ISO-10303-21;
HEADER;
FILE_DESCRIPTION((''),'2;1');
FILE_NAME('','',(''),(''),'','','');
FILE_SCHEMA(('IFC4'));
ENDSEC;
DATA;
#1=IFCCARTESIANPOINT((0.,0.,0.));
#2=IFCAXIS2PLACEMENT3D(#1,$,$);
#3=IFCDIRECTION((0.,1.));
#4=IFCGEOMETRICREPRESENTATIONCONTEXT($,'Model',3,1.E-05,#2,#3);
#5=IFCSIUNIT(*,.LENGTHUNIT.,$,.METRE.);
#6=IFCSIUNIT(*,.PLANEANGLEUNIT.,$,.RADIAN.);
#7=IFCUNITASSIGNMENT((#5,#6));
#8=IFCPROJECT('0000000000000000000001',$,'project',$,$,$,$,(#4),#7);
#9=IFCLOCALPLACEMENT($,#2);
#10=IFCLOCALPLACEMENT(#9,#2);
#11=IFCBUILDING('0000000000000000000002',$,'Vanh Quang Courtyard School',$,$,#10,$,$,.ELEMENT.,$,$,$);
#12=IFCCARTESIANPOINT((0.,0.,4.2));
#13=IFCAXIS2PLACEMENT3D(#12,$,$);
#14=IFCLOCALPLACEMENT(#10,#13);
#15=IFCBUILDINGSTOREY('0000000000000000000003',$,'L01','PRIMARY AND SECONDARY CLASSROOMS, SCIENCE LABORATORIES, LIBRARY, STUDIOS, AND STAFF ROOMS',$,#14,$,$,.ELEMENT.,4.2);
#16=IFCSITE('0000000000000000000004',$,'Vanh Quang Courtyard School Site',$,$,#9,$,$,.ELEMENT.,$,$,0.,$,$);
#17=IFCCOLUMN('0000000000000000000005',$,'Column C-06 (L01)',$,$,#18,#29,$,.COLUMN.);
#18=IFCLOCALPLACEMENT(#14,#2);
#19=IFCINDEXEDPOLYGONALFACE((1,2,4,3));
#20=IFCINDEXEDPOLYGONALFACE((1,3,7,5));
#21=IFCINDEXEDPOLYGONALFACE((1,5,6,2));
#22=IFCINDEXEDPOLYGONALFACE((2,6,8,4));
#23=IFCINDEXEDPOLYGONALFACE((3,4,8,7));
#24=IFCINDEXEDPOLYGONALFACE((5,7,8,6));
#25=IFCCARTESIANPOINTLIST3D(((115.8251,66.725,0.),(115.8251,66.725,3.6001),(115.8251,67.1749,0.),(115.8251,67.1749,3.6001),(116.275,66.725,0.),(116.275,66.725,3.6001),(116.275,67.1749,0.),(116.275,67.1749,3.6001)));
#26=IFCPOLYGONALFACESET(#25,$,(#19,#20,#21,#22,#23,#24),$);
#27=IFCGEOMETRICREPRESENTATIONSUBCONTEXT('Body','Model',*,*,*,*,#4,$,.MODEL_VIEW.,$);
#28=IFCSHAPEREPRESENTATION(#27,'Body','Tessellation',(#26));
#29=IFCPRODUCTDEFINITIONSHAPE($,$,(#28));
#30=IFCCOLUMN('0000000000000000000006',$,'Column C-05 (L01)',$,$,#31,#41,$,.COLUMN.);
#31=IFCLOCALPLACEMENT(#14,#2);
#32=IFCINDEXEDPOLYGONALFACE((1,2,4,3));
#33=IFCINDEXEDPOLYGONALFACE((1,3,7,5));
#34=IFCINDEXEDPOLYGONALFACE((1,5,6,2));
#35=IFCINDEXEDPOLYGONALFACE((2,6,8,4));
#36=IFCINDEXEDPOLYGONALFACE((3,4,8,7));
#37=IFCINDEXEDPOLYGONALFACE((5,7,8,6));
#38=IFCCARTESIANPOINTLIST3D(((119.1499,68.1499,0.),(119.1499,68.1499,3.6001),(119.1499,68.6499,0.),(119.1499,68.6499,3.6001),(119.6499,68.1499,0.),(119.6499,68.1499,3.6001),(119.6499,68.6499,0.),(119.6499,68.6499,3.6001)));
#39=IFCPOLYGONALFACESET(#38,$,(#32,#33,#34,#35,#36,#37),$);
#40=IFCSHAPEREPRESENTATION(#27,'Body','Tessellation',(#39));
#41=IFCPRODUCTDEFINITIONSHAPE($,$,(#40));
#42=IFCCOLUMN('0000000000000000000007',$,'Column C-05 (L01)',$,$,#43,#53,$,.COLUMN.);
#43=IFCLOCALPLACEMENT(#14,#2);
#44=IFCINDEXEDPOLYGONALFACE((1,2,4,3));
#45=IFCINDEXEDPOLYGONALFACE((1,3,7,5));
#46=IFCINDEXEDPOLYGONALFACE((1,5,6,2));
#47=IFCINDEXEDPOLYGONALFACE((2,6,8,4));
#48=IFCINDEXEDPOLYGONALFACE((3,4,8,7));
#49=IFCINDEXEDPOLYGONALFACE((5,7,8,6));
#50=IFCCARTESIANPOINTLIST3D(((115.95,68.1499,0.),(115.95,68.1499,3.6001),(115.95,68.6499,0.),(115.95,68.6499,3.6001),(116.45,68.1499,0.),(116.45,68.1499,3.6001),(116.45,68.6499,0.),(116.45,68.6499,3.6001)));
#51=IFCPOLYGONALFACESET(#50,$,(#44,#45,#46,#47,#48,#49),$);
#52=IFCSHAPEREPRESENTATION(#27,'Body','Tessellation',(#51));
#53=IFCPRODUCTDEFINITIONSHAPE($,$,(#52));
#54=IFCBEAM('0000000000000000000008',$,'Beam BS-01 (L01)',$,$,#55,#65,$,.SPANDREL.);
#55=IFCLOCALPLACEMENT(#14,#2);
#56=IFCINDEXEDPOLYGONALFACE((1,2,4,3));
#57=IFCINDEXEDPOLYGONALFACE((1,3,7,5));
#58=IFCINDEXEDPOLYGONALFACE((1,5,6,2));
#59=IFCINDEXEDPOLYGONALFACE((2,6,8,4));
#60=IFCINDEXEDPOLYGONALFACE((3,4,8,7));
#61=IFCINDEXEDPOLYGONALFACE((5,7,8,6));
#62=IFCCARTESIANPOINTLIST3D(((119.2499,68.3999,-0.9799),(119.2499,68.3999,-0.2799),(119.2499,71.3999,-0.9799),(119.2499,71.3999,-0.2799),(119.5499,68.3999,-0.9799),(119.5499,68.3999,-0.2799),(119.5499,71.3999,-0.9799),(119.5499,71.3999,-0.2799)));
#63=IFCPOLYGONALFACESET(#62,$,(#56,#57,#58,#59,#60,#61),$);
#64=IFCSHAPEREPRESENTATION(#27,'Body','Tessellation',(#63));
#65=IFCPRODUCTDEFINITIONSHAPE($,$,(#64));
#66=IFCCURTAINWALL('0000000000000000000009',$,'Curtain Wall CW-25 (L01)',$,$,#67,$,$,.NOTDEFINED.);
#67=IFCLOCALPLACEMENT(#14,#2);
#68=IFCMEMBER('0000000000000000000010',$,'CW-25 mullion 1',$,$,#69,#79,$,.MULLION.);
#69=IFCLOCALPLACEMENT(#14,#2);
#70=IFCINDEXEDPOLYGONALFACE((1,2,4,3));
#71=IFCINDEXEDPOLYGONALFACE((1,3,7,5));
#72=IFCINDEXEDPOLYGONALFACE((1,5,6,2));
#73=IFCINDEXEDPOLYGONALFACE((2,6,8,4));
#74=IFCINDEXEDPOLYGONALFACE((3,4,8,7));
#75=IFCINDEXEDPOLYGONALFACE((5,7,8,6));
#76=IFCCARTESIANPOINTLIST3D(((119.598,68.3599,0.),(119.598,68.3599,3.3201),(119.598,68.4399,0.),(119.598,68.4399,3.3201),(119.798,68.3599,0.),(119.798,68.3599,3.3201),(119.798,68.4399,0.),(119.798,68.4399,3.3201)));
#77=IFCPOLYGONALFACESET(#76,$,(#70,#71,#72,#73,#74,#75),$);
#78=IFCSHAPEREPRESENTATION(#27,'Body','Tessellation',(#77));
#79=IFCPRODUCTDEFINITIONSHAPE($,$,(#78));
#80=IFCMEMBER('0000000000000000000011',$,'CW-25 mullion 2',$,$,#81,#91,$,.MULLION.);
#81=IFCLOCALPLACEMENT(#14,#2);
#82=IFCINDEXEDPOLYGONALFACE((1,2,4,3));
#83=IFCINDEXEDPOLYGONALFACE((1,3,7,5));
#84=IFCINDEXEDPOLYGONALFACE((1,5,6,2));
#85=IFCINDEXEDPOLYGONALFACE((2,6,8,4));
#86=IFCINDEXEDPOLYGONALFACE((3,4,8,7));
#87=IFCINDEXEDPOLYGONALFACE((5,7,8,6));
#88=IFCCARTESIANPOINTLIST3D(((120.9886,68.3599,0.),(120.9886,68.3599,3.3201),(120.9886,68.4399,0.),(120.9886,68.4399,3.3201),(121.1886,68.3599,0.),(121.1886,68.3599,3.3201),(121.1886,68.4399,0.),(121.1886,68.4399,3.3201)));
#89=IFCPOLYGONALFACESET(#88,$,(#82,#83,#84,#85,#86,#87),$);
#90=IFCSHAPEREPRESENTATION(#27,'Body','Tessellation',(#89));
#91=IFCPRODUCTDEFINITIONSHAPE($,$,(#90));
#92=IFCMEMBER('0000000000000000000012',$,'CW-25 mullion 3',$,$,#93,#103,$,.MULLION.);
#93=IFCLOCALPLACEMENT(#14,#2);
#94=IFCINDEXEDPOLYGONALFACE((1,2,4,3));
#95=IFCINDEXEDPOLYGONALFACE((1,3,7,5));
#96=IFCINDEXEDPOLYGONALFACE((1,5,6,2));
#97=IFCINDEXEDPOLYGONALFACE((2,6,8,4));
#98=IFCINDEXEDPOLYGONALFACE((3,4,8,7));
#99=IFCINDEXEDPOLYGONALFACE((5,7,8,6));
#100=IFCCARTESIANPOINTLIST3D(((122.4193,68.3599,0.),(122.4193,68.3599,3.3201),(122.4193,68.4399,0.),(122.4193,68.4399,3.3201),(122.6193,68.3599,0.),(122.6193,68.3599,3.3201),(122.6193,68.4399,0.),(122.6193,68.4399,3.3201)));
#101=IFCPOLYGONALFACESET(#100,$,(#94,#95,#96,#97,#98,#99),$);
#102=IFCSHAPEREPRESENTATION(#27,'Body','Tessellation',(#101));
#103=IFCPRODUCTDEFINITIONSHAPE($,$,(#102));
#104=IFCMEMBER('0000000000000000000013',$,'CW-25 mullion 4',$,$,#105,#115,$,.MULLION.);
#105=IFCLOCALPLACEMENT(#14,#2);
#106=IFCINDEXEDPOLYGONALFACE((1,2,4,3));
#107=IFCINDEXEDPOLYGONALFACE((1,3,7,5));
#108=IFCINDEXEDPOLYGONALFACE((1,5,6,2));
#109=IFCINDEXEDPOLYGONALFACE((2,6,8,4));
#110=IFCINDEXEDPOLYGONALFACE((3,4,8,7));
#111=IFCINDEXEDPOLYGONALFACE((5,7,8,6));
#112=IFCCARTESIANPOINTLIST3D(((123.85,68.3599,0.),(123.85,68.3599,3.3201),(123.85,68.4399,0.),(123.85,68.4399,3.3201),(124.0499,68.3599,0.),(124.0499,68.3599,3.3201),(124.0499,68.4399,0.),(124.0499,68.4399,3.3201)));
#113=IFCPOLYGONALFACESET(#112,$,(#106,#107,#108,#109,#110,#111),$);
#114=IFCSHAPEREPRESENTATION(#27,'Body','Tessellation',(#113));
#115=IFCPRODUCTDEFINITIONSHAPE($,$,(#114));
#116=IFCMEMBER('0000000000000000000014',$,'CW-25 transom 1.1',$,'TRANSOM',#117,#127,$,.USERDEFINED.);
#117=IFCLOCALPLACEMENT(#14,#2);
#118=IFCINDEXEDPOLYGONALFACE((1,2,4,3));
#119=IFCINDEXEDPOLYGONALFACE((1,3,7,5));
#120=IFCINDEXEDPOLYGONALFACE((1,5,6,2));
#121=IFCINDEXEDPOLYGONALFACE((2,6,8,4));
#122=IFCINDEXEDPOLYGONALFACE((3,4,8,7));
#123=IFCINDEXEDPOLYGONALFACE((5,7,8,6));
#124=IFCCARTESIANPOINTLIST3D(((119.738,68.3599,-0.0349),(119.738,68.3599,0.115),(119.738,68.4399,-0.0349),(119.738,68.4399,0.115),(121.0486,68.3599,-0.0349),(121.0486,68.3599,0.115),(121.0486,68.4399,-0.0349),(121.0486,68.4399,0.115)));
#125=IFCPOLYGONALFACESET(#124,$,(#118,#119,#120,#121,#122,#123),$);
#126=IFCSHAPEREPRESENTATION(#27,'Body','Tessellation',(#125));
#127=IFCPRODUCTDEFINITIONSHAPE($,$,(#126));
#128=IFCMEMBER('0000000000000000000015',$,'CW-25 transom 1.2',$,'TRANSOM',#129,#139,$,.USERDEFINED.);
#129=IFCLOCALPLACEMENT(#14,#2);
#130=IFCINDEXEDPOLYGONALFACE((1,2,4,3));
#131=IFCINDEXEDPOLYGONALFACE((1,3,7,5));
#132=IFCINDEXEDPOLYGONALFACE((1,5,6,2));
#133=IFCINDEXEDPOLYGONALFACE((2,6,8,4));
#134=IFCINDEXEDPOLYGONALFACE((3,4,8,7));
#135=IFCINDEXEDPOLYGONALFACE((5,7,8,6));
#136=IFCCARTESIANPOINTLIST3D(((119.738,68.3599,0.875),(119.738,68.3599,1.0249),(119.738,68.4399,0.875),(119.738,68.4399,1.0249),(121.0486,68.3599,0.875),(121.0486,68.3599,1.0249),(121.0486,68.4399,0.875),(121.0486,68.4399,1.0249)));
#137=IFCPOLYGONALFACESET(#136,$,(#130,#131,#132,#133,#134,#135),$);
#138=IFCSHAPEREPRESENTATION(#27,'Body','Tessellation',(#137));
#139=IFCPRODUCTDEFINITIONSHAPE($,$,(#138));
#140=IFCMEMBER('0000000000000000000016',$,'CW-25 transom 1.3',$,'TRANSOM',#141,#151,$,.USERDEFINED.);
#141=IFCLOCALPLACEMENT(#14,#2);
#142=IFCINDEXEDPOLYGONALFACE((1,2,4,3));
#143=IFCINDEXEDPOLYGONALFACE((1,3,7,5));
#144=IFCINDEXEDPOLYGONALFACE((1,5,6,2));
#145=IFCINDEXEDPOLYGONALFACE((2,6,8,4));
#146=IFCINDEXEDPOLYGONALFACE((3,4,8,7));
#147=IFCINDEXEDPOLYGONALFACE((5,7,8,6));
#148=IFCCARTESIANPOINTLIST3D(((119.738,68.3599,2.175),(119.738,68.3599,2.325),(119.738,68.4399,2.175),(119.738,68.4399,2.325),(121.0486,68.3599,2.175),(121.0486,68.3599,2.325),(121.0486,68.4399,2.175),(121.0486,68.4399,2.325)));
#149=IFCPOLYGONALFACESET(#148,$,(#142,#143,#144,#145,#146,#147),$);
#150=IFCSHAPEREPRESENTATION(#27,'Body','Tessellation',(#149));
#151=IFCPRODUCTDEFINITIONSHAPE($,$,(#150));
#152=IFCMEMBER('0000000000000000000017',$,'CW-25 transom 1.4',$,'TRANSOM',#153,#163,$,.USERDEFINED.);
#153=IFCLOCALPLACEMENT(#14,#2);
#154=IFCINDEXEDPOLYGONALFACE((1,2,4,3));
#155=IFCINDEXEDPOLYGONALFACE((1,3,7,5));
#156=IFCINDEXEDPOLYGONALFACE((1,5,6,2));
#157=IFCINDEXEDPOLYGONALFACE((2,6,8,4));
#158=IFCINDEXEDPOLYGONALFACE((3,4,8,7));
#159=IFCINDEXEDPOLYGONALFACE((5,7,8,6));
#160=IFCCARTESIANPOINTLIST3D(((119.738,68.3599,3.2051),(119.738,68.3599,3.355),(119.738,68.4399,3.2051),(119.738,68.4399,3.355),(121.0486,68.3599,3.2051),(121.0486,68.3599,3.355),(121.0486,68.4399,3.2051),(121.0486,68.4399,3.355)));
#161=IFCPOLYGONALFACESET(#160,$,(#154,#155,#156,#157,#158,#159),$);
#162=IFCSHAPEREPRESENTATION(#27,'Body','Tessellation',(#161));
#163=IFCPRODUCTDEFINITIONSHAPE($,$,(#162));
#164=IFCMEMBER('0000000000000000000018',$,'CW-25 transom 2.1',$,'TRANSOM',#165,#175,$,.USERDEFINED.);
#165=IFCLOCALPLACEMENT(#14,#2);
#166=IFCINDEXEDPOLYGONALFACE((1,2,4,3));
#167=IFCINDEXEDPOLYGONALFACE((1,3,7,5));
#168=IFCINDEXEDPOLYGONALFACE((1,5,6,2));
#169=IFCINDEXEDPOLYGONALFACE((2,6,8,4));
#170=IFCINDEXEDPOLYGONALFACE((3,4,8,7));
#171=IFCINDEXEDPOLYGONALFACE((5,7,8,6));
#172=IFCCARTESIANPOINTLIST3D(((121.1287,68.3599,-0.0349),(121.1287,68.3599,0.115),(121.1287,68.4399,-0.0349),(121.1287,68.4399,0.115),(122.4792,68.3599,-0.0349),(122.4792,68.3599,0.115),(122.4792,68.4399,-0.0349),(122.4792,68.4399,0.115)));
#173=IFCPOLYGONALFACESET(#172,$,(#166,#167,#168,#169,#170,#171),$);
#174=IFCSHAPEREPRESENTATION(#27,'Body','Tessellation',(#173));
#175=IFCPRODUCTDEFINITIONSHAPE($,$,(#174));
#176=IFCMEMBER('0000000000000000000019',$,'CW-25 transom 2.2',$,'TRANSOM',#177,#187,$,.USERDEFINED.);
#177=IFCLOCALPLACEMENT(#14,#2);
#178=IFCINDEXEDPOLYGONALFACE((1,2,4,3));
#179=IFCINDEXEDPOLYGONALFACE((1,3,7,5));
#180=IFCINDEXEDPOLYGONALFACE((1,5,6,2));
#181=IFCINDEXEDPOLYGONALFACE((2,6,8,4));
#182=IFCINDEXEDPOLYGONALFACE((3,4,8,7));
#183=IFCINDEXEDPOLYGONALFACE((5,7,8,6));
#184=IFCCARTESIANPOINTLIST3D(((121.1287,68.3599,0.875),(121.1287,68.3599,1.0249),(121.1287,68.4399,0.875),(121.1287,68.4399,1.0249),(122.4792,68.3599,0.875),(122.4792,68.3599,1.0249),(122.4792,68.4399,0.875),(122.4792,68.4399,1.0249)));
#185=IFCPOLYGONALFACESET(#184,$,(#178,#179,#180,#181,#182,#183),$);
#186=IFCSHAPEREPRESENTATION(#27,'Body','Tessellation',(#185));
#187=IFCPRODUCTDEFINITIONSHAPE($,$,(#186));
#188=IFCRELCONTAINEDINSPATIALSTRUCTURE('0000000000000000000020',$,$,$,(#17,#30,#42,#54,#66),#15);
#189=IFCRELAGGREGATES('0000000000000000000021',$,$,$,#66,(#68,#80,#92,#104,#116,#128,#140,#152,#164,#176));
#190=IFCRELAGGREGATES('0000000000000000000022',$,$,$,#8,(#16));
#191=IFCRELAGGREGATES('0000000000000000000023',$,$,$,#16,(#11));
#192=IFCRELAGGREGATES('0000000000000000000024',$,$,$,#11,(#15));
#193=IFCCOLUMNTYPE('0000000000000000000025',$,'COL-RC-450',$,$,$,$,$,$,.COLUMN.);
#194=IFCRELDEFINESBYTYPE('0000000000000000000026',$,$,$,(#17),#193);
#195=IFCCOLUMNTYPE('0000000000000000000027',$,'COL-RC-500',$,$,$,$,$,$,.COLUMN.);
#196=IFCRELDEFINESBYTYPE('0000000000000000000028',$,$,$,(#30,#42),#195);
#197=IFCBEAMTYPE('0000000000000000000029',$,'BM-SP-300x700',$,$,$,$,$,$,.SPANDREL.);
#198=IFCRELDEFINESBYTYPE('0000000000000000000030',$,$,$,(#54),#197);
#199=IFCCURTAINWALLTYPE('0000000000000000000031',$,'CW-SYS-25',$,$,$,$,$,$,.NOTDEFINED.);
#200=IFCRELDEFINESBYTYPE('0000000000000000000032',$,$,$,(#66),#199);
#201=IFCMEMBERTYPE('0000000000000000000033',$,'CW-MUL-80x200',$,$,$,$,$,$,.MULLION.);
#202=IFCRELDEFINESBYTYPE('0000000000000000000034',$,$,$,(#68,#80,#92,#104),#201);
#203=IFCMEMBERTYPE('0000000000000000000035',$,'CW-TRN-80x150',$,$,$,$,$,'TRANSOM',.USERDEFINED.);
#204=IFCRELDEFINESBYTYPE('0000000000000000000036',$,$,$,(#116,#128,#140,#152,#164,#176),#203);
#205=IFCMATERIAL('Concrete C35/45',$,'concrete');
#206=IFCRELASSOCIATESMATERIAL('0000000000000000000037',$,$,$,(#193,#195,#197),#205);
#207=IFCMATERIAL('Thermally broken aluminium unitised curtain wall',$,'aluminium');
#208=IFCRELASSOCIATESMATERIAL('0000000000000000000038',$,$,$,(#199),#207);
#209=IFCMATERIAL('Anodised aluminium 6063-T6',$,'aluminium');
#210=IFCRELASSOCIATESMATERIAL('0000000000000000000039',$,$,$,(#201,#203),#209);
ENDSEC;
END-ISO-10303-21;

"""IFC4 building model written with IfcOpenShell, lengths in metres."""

from ifc_helpers import new_model, si_unit, direction, frame, origin, origin_2d, place, context, subcontext, project, spatial, rectangle, extrude, material, material_profile, profile_set, type_object, element, aggregate, save


model = new_model("IFC4")

# Units and contexts
model_context = context("Model", 3, precision=1e-05, world=origin(), true_north=direction((0.0, 1.0)))
body_context = subcontext(model_context, "Body", "Model", "MODEL_VIEW")
ifc_project = project(units=[si_unit("LENGTHUNIT", "METRE"), si_unit("PLANEANGLEUNIT", "RADIAN")], contexts=[model_context])

# Site, building, storey
site_placement = place(None, origin())
site = spatial("IfcSite", under=ifc_project, at=site_placement, Name="Vanh Quang Courtyard School Site", CompositionType="ELEMENT", RefElevation=0.0)
building_placement = place(site_placement, origin())
building = spatial("IfcBuilding", under=site, at=building_placement, Name="Vanh Quang Courtyard School", CompositionType="ELEMENT")
storey_placement = place(building_placement, frame((0.0, 0.0, 4.2)))
storey = spatial("IfcBuildingStorey", under=building, at=storey_placement, Name="L01", Description="PRIMARY AND SECONDARY CLASSROOMS, SCIENCE LABORATORIES, LIBRARY, STUDIOS, AND STAFF ROOMS", CompositionType="ELEMENT", Elevation=4.2)

# Columns
ifc_material_1 = material(Name="Concrete C35/45", Category="concrete")
ifc_material_profile_1 = material_profile(ifc_material_1, rectangle(XDim=0.45, YDim=0.45, at=origin_2d()), Name="RC-COL 450x450")
ifc_profile_set_1 = profile_set([ifc_material_profile_1], Name="Concrete C35/45")
column_type_1 = type_object("IfcColumnType", Name="COL-RC-450", PredefinedType="COLUMN", material=ifc_profile_set_1)
column_placement = place(storey_placement, frame((116.05, 66.95, 0.0), z_axis=(0.0, 0.0, 1.0), x_axis=(1.0, 0.0, 0.0)))
element("IfcColumn", 1, at=column_placement, inside=storey, type_object=column_type_1, Name="Column C-06 (L01)", PredefinedType="COLUMN", context=body_context, shape_type="SweptSolid", body=[
    extrude(rectangle(XDim=0.45, YDim=0.45, at=origin_2d()), origin(), (0.0, 0.0, 1.0), 3.6001),
])
ifc_material_profile_2 = material_profile(ifc_material_1, rectangle(XDim=0.5, YDim=0.5, at=origin_2d()), Name="RC-COL 500x500")
ifc_profile_set_2 = profile_set([ifc_material_profile_2], Name="Concrete C35/45")
column_type_2 = type_object("IfcColumnType", Name="COL-RC-500", PredefinedType="COLUMN", material=ifc_profile_set_2)
for number, where, z_axis, x_axis, name in (
    (2, (119.3999, 68.3999, 0.0), (0.0, 0.0, 1.0), (1.0, 0.0, 0.0), "Column C-05 (L01)"),
    (3, (116.2, 68.3999, 0.0), (0.0, 0.0, 1.0), (1.0, 0.0, 0.0), "Column C-05 (L01)"),
):
    element("IfcColumn", number, at=place(storey_placement, frame(where, z_axis=z_axis, x_axis=x_axis)), inside=storey, type_object=column_type_2, Name=name, PredefinedType="COLUMN", context=body_context, shape_type="SweptSolid", body=[
        extrude(rectangle(XDim=0.5, YDim=0.5, at=origin_2d()), origin(), (0.0, 0.0, 1.0), 3.6001),
    ])

# Beam
ifc_material_profile_3 = material_profile(ifc_material_1, rectangle(XDim=0.3, YDim=0.7, at=origin_2d()), Name="RC-SP 300x700")
ifc_profile_set_3 = profile_set([ifc_material_profile_3], Name="Concrete C35/45")
beam_type = type_object("IfcBeamType", Name="BM-SP-300x700", PredefinedType="SPANDREL", material=ifc_profile_set_3)
beam_placement = place(storey_placement, frame((119.3999, 68.3999, -0.6299), z_axis=(0.0, 1.0, 0.0), x_axis=(-1.0, 0.0, 0.0)))
element("IfcBeam", 4, at=beam_placement, inside=storey, type_object=beam_type, Name="Beam BS-01 (L01)", PredefinedType="SPANDREL", context=body_context, shape_type="SweptSolid", body=[
    extrude(rectangle(XDim=0.3, YDim=0.7, at=origin_2d()), origin(), (0.0, 0.0, 1.0), 3.0),
])

# Curtain wall, members
ifc_material_2 = material(Name="Thermally broken aluminium unitised curtain wall", Category="aluminium")
curtain_wall_type = type_object("IfcCurtainWallType", Name="CW-SYS-25", PredefinedType="NOTDEFINED", material=ifc_material_2)
curtain_wall_placement = place(storey_placement, origin())
curtain_wall = element("IfcCurtainWall", 5, at=curtain_wall_placement, inside=storey, type_object=curtain_wall_type, Name="Curtain Wall CW-25 (L01)", PredefinedType="NOTDEFINED")
ifc_material_3 = material(Name="Anodised aluminium 6063-T6", Category="aluminium")
ifc_material_profile_4 = material_profile(ifc_material_3, rectangle(XDim=0.0801, YDim=0.2, at=origin_2d()), Name="ALU-MUL 80x200")
ifc_profile_set_4 = profile_set([ifc_material_profile_4], Name="Anodised aluminium 6063-T6")
member_type_1 = type_object("IfcMemberType", Name="CW-MUL-80x200", PredefinedType="MULLION", material=ifc_profile_set_4)
member_1_placement = place(storey_placement, frame((119.698, 68.3999, 0.0), z_axis=(0.0, 0.0, 1.0), x_axis=(0.0, 1.0, 0.0)))
member_1 = element("IfcMember", 6, at=member_1_placement, type_object=member_type_1, Name="CW-25 mullion 1", PredefinedType="MULLION", context=body_context, shape_type="SweptSolid", body=[
    extrude(rectangle(XDim=0.0801, YDim=0.2, at=origin_2d()), origin(), (0.0, 0.0, 1.0), 3.3201),
])
member_2_placement = place(storey_placement, frame((121.0886, 68.3999, 0.0), z_axis=(0.0, 0.0, 1.0), x_axis=(0.0, 1.0, 0.0)))
member_2 = element("IfcMember", 7, at=member_2_placement, type_object=member_type_1, Name="CW-25 mullion 2", PredefinedType="MULLION", context=body_context, shape_type="SweptSolid", body=[
    extrude(rectangle(XDim=0.0801, YDim=0.2, at=origin_2d()), origin(), (0.0, 0.0, 1.0), 3.3201),
])
member_3_placement = place(storey_placement, frame((122.5193, 68.3999, 0.0), z_axis=(0.0, 0.0, 1.0), x_axis=(0.0, 1.0, 0.0)))
member_3 = element("IfcMember", 8, at=member_3_placement, type_object=member_type_1, Name="CW-25 mullion 3", PredefinedType="MULLION", context=body_context, shape_type="SweptSolid", body=[
    extrude(rectangle(XDim=0.0801, YDim=0.2, at=origin_2d()), origin(), (0.0, 0.0, 1.0), 3.3201),
])
member_4_placement = place(storey_placement, frame((123.95, 68.3999, 0.0), z_axis=(0.0, 0.0, 1.0), x_axis=(0.0, 1.0, 0.0)))
member_4 = element("IfcMember", 9, at=member_4_placement, type_object=member_type_1, Name="CW-25 mullion 4", PredefinedType="MULLION", context=body_context, shape_type="SweptSolid", body=[
    extrude(rectangle(XDim=0.0801, YDim=0.2, at=origin_2d()), origin(), (0.0, 0.0, 1.0), 3.3201),
])
ifc_material_profile_5 = material_profile(ifc_material_3, rectangle(XDim=0.0801, YDim=0.1499, at=origin_2d()), Name="ALU-TRN 80x150")
ifc_profile_set_5 = profile_set([ifc_material_profile_5], Name="Anodised aluminium 6063-T6")
member_type_2 = type_object("IfcMemberType", Name="CW-TRN-80x150", ElementType="TRANSOM", PredefinedType="USERDEFINED", material=ifc_profile_set_5)
member_5_placement = place(storey_placement, frame((119.738, 68.3999, 0.04), z_axis=(1.0, 0.0, 0.0), x_axis=(0.0, 1.0, 0.0)))
member_5 = element("IfcMember", 10, at=member_5_placement, type_object=member_type_2, Name="CW-25 transom 1.1", ObjectType="TRANSOM", PredefinedType="USERDEFINED", context=body_context, shape_type="SweptSolid", body=[
    extrude(rectangle(XDim=0.0801, YDim=0.1499, at=origin_2d()), origin(), (0.0, 0.0, 1.0), 1.3105),
])
member_6_placement = place(storey_placement, frame((119.738, 68.3999, 0.95), z_axis=(1.0, 0.0, 0.0), x_axis=(0.0, 1.0, 0.0)))
member_6 = element("IfcMember", 11, at=member_6_placement, type_object=member_type_2, Name="CW-25 transom 1.2", ObjectType="TRANSOM", PredefinedType="USERDEFINED", context=body_context, shape_type="SweptSolid", body=[
    extrude(rectangle(XDim=0.0801, YDim=0.1499, at=origin_2d()), origin(), (0.0, 0.0, 1.0), 1.3105),
])
member_7_placement = place(storey_placement, frame((119.738, 68.3999, 2.25), z_axis=(1.0, 0.0, 0.0), x_axis=(0.0, 1.0, 0.0)))
member_7 = element("IfcMember", 12, at=member_7_placement, type_object=member_type_2, Name="CW-25 transom 1.3", ObjectType="TRANSOM", PredefinedType="USERDEFINED", context=body_context, shape_type="SweptSolid", body=[
    extrude(rectangle(XDim=0.0801, YDim=0.1499, at=origin_2d()), origin(), (0.0, 0.0, 1.0), 1.3105),
])
member_8_placement = place(storey_placement, frame((119.738, 68.3999, 3.28), z_axis=(1.0, 0.0, 0.0), x_axis=(0.0, 1.0, 0.0)))
member_8 = element("IfcMember", 13, at=member_8_placement, type_object=member_type_2, Name="CW-25 transom 1.4", ObjectType="TRANSOM", PredefinedType="USERDEFINED", context=body_context, shape_type="SweptSolid", body=[
    extrude(rectangle(XDim=0.0801, YDim=0.1499, at=origin_2d()), origin(), (0.0, 0.0, 1.0), 1.3105),
])
member_9_placement = place(storey_placement, frame((121.1287, 68.3999, 0.04), z_axis=(1.0, 0.0, 0.0), x_axis=(0.0, 1.0, 0.0)))
member_9 = element("IfcMember", 14, at=member_9_placement, type_object=member_type_2, Name="CW-25 transom 2.1", ObjectType="TRANSOM", PredefinedType="USERDEFINED", context=body_context, shape_type="SweptSolid", body=[
    extrude(rectangle(XDim=0.0801, YDim=0.1499, at=origin_2d()), origin(), (0.0, 0.0, 1.0), 1.3506),
])
member_10_placement = place(storey_placement, frame((121.1287, 68.3999, 0.95), z_axis=(1.0, 0.0, 0.0), x_axis=(0.0, 1.0, 0.0)))
member_10 = element("IfcMember", 15, at=member_10_placement, type_object=member_type_2, Name="CW-25 transom 2.2", ObjectType="TRANSOM", PredefinedType="USERDEFINED", context=body_context, shape_type="SweptSolid", body=[
    extrude(rectangle(XDim=0.0801, YDim=0.1499, at=origin_2d()), origin(), (0.0, 0.0, 1.0), 1.3506),
])
aggregate(curtain_wall, [member_1, member_2, member_3, member_4, member_5, member_6, member_7, member_8, member_9, member_10])

save(model, "model.ifc")
